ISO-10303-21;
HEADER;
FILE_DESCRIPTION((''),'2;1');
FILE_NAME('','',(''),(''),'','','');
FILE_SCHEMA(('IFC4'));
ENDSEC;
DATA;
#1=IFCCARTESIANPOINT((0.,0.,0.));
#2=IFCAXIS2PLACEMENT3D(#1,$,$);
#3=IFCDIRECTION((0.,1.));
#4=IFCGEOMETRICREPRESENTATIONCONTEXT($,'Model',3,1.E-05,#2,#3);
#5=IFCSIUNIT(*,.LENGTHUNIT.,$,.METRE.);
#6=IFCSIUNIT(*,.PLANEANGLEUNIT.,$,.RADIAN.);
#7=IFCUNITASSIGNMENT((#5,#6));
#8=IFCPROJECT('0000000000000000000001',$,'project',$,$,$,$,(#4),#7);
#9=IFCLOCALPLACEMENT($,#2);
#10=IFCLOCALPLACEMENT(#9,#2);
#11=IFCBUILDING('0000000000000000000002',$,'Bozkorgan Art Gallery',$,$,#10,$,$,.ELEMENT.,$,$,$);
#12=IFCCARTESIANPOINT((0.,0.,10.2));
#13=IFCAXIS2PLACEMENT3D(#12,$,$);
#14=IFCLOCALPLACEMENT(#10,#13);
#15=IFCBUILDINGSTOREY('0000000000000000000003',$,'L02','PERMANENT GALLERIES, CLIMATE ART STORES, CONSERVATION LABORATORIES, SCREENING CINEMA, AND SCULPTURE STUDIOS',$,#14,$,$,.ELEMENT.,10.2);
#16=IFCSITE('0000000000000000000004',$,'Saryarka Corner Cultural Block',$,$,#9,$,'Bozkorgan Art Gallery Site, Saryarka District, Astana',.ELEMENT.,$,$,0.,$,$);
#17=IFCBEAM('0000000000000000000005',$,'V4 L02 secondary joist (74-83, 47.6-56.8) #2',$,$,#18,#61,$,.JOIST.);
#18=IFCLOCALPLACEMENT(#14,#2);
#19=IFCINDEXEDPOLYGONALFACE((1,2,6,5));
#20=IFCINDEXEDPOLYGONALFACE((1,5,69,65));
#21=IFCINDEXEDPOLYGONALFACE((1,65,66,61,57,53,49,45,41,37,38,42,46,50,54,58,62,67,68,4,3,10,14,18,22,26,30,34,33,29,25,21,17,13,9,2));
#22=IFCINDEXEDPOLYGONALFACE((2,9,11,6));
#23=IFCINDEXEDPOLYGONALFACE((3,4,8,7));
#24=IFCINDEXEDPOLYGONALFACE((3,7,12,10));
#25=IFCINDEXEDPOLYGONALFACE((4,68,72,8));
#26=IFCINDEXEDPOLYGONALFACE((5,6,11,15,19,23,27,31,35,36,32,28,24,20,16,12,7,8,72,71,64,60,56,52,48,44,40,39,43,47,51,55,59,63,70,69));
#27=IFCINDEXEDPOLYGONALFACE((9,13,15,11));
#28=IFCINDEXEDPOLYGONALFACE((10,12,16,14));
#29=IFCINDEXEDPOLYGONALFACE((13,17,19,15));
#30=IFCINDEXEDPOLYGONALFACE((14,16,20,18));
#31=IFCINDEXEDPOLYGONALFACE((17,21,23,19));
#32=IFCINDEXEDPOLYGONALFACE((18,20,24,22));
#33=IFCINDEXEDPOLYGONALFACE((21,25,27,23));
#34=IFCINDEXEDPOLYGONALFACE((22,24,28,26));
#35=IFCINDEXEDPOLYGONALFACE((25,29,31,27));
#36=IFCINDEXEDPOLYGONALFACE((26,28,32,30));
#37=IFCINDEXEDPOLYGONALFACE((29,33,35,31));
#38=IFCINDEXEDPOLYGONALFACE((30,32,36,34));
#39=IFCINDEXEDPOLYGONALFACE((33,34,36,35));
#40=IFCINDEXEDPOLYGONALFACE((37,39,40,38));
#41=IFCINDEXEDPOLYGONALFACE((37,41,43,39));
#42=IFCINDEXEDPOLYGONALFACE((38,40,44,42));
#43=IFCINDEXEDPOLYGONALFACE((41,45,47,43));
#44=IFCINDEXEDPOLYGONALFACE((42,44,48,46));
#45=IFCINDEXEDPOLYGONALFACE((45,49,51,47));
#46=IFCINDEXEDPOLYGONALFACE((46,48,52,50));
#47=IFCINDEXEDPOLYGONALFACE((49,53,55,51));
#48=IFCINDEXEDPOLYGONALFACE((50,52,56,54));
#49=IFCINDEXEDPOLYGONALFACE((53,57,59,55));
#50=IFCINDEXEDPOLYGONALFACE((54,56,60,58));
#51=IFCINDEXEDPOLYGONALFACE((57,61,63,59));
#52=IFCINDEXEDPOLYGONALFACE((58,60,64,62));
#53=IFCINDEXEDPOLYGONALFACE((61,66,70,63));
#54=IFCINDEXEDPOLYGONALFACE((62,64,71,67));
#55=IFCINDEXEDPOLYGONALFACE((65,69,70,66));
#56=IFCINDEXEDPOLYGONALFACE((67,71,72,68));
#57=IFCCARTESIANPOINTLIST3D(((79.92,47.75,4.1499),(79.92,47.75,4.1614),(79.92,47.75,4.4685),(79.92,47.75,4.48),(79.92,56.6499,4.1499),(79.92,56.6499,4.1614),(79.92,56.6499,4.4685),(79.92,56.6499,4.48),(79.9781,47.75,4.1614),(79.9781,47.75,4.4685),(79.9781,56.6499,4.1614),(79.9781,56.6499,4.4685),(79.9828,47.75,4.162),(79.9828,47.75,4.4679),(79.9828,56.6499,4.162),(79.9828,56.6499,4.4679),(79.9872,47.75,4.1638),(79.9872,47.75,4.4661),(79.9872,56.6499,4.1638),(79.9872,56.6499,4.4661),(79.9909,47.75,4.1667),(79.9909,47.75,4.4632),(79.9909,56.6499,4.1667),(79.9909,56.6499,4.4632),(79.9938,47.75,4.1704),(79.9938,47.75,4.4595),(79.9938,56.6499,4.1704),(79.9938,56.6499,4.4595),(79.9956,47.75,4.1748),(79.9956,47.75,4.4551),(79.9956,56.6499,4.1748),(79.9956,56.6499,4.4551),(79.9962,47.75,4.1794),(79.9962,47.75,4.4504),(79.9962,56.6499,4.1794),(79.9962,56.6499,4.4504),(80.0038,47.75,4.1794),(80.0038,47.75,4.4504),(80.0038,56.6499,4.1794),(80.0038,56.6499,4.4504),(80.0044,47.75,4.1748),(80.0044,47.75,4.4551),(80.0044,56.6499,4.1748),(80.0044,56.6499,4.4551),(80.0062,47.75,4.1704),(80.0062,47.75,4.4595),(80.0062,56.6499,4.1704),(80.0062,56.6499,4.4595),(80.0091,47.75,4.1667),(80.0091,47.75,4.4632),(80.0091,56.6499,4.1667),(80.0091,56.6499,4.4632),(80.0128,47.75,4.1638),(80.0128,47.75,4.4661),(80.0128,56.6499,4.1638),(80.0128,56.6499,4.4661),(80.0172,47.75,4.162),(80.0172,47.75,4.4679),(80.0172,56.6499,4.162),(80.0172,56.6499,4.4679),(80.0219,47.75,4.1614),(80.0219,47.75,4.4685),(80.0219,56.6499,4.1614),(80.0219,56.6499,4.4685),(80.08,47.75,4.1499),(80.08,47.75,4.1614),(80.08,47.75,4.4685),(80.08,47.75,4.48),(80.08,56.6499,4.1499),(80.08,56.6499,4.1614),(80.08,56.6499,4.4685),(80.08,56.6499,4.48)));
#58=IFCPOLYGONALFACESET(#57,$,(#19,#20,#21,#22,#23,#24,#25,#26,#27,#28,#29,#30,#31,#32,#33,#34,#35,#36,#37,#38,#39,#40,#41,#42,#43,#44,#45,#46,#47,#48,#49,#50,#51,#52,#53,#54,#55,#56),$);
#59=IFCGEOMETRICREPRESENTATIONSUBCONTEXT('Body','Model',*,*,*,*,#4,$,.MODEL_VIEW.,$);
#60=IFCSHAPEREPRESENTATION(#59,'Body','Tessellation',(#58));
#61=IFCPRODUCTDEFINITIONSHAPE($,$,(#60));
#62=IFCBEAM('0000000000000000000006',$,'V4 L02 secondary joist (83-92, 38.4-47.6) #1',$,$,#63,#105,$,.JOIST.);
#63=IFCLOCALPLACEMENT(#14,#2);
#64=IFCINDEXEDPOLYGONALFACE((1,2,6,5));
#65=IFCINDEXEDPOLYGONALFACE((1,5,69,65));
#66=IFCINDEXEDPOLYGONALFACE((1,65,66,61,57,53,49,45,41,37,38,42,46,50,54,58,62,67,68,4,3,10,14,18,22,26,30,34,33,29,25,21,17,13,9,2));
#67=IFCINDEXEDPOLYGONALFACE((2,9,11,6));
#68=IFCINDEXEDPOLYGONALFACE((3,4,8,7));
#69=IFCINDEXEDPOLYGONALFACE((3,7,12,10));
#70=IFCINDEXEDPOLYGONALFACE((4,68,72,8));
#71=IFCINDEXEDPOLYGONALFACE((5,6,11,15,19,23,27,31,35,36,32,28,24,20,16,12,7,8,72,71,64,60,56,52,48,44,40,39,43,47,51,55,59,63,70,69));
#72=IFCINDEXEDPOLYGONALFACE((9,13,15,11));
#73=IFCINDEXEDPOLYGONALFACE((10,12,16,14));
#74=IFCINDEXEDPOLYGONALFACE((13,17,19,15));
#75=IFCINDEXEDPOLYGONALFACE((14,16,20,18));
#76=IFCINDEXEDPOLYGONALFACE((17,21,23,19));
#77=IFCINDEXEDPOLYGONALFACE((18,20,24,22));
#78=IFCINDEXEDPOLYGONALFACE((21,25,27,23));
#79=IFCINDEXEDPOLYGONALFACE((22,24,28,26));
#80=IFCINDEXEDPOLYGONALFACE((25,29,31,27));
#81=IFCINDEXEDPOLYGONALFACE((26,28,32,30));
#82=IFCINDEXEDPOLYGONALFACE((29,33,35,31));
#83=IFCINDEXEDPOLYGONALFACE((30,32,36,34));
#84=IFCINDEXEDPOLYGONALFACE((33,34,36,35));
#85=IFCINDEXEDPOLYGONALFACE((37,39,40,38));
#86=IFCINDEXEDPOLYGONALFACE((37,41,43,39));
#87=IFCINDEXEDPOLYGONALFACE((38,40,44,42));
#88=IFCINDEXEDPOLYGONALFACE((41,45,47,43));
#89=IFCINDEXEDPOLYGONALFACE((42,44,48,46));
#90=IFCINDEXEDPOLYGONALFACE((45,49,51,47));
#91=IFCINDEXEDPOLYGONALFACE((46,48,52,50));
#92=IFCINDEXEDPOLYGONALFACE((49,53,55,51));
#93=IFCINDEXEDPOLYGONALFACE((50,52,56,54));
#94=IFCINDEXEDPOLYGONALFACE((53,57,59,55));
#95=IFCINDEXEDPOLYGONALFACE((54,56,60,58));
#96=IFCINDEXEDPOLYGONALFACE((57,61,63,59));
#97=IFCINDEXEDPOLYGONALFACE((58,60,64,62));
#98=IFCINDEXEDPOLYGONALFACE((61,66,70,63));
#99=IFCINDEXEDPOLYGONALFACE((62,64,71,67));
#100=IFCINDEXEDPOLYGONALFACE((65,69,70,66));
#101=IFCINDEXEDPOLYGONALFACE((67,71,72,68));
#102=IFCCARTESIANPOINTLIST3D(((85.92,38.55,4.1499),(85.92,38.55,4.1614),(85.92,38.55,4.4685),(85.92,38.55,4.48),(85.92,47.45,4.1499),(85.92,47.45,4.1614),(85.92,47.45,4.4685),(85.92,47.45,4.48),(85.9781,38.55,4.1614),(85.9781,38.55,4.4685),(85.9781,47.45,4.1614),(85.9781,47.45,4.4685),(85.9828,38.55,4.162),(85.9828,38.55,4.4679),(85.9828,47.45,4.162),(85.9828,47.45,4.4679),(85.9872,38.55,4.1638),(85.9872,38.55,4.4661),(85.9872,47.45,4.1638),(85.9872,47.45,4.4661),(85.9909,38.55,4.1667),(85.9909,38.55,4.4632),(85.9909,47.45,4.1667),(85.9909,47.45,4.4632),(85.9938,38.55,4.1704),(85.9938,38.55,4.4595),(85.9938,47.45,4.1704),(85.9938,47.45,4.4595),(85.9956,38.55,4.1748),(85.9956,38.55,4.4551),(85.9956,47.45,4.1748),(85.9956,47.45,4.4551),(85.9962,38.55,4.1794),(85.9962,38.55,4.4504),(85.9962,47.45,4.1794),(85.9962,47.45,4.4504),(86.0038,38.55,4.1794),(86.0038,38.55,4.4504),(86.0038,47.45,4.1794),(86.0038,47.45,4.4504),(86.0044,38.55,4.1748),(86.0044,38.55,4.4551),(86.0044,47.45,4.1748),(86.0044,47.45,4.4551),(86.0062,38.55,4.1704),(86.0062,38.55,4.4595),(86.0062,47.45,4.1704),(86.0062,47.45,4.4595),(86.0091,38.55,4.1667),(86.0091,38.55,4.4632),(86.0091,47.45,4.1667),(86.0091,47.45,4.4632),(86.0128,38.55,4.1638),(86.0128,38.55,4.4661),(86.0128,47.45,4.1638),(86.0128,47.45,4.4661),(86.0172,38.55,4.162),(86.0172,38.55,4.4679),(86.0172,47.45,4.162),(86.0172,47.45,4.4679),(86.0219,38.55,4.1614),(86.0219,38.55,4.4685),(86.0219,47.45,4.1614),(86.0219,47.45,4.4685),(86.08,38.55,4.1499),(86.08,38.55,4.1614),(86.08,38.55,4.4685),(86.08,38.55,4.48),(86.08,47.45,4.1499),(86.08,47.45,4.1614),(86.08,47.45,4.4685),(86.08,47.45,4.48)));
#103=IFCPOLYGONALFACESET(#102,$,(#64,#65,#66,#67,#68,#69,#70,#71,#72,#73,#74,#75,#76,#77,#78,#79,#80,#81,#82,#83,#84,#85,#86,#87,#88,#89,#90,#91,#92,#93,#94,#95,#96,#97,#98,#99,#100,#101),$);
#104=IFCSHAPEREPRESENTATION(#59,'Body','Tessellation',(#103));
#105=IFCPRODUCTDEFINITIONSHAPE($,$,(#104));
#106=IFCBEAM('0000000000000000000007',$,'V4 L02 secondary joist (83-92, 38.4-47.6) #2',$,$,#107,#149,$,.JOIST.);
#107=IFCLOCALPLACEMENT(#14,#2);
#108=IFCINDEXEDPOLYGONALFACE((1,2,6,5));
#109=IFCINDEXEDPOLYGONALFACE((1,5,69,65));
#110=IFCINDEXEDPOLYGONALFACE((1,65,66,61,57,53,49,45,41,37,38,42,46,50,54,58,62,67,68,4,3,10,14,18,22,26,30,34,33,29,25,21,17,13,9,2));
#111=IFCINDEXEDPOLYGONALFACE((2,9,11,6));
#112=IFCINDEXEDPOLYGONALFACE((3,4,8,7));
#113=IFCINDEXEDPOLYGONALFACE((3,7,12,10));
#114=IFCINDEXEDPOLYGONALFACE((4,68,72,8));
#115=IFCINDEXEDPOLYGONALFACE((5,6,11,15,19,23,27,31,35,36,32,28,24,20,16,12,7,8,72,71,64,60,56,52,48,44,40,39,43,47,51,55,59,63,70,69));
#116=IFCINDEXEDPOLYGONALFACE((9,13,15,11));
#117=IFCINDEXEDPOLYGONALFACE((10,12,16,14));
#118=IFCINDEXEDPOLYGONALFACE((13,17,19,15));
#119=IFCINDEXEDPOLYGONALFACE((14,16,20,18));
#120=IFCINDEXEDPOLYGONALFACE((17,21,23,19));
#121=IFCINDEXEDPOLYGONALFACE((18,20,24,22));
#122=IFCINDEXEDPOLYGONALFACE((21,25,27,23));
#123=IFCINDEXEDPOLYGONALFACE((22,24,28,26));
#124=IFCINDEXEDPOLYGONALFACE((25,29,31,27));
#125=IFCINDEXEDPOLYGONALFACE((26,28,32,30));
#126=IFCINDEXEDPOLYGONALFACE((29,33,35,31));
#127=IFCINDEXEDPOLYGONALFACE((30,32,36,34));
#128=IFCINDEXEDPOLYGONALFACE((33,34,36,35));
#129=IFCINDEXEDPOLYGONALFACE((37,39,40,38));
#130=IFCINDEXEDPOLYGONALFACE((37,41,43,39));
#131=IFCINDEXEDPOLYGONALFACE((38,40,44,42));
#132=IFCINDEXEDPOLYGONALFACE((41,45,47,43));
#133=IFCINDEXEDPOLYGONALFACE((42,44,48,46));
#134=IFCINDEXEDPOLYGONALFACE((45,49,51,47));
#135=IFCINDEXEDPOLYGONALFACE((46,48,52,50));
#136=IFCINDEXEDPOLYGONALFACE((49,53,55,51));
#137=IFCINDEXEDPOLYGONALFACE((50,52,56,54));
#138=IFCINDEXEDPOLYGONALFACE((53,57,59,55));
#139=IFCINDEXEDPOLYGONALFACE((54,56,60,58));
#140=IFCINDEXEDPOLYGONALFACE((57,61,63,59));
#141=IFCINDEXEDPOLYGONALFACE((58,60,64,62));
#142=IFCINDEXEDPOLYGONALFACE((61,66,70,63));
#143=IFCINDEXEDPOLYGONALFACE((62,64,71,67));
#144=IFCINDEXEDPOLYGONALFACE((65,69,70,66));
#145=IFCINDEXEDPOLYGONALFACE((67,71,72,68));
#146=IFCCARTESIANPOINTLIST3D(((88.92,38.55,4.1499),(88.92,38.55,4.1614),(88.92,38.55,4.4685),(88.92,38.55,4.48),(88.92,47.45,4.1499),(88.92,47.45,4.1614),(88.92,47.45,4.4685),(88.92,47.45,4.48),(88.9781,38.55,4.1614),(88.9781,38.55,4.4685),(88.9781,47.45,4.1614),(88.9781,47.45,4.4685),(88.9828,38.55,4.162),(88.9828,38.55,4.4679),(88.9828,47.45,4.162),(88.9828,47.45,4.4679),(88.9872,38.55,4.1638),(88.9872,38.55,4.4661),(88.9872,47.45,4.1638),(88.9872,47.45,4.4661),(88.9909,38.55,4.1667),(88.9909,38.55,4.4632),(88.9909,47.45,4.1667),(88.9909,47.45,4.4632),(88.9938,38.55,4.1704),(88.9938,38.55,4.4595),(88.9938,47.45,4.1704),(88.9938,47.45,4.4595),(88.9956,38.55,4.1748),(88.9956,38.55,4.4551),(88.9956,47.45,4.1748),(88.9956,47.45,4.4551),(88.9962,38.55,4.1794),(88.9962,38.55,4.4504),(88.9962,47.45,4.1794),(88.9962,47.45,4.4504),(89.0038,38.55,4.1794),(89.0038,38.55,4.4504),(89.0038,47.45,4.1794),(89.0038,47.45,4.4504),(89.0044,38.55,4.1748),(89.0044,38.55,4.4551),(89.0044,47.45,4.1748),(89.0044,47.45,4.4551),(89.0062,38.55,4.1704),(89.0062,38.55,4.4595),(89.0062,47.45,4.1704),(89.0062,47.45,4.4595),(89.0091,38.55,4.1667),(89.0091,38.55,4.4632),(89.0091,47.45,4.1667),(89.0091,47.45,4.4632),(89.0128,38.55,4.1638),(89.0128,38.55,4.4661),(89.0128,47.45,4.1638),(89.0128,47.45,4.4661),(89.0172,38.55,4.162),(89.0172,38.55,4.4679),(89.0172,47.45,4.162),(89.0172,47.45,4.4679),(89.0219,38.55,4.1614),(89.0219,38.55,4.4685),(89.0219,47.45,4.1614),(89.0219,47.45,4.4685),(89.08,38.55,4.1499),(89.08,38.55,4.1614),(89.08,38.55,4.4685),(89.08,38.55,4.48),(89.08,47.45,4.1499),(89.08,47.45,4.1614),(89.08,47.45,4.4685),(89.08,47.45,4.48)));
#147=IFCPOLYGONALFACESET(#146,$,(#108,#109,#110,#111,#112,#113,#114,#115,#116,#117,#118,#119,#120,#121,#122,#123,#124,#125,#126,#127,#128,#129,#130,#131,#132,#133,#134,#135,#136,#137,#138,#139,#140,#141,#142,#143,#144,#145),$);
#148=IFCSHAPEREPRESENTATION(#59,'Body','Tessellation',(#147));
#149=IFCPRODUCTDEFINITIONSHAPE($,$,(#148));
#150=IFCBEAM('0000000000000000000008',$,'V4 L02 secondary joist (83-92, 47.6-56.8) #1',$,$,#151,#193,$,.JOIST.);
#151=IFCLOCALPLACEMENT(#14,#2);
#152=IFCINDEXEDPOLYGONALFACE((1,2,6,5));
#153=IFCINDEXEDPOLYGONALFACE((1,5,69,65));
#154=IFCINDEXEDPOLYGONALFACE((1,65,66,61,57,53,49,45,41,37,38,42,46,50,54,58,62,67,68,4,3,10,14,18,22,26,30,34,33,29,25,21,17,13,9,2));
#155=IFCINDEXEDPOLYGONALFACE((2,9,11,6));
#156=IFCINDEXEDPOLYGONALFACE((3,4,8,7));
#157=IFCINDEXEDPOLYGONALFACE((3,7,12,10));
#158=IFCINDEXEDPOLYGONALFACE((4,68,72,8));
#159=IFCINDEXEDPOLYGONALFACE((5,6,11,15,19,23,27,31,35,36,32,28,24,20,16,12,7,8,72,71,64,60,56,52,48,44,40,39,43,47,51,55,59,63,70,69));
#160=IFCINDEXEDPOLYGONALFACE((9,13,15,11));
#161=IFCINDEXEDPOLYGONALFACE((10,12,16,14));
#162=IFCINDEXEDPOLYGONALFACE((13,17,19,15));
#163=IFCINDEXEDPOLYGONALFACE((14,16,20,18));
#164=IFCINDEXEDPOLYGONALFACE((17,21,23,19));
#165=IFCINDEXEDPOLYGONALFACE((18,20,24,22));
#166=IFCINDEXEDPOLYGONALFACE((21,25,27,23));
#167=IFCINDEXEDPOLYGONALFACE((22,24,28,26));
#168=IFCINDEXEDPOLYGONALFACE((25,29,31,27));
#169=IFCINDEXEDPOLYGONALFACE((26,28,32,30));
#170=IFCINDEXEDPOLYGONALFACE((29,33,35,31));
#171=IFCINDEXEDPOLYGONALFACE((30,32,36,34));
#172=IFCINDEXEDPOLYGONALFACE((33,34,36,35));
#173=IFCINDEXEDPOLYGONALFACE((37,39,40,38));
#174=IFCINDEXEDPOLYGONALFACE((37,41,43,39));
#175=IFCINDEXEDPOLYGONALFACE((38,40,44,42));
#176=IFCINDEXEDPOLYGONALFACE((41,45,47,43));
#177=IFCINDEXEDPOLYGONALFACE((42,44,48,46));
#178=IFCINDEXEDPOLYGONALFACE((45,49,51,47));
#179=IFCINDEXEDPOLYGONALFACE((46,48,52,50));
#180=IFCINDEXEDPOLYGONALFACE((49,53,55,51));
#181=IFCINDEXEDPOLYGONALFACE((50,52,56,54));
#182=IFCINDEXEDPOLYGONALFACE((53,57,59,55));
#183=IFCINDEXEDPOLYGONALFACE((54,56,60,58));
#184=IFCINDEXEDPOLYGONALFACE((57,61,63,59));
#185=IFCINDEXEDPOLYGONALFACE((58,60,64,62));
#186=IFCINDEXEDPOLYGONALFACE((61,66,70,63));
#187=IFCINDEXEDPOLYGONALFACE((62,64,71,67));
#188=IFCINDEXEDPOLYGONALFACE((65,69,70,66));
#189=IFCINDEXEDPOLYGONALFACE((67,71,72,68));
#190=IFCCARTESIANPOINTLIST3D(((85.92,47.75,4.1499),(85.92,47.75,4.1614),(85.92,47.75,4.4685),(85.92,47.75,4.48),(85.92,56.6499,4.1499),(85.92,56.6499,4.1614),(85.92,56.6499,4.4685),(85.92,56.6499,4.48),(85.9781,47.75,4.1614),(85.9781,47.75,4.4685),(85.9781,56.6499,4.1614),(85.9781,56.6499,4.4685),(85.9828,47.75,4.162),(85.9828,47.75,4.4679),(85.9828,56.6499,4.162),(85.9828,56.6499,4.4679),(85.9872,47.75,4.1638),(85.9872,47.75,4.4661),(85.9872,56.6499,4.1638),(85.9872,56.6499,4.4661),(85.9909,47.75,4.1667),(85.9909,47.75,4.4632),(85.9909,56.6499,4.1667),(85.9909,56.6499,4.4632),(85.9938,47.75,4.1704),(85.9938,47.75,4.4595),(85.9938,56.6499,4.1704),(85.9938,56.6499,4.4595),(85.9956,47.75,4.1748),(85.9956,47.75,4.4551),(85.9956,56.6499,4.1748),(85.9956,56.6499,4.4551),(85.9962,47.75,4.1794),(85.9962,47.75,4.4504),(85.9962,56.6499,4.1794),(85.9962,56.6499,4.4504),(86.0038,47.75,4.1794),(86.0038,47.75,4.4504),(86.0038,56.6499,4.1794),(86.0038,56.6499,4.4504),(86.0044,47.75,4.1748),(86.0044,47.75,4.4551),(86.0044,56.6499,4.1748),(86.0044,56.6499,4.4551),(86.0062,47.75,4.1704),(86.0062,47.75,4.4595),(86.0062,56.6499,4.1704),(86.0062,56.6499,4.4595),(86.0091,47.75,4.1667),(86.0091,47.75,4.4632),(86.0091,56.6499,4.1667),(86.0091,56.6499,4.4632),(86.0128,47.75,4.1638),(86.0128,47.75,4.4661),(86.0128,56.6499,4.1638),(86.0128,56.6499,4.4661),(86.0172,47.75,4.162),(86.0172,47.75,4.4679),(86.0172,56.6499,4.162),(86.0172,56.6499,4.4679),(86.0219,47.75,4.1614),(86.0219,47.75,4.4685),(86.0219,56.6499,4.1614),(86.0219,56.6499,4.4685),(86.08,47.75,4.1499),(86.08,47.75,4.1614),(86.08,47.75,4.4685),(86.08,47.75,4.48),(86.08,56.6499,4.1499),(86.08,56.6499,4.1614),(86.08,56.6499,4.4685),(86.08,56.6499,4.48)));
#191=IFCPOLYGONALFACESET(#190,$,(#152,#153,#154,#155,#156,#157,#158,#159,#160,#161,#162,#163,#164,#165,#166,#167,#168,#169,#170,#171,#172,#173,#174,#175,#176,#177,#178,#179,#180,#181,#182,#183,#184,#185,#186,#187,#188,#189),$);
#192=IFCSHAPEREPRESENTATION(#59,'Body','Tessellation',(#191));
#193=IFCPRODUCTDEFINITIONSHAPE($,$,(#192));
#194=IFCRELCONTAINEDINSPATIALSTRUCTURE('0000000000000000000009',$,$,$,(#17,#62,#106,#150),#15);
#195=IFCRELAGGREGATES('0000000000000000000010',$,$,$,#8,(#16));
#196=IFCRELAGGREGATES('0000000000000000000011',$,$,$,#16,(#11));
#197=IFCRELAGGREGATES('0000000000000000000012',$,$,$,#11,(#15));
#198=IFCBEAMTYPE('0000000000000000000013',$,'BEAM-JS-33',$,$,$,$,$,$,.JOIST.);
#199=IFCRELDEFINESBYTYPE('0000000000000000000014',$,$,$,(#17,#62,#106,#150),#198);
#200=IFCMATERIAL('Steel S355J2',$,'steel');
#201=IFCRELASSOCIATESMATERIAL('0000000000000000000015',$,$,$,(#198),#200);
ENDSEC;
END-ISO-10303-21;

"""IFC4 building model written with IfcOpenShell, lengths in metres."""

from ifc_helpers import new_model, si_unit, direction, frame, origin, origin_2d, place, context, subcontext, project, spatial, i_section, extrude, material, material_profile, profile_set, type_object, element, save


model = new_model("IFC4")

# Units and contexts
model_context = context("Model", 3, precision=1e-05, world=origin(), true_north=direction((0.0, 1.0)))
body_context = subcontext(model_context, "Body", "Model", "MODEL_VIEW")
ifc_project = project(units=[si_unit("LENGTHUNIT", "METRE"), si_unit("PLANEANGLEUNIT", "RADIAN")], contexts=[model_context])

# Site, building, storey
site_placement = place(None, origin())
site = spatial("IfcSite", under=ifc_project, at=site_placement, Name="Saryarka Corner Cultural Block", LongName="Bozkorgan Art Gallery Site, Saryarka District, Astana", CompositionType="ELEMENT", RefElevation=0.0)
building_placement = place(site_placement, origin())
building = spatial("IfcBuilding", under=site, at=building_placement, Name="Bozkorgan Art Gallery", CompositionType="ELEMENT")
storey_placement = place(building_placement, frame((0.0, 0.0, 10.2)))
storey = spatial("IfcBuildingStorey", under=building, at=storey_placement, Name="L02", Description="PERMANENT GALLERIES, CLIMATE ART STORES, CONSERVATION LABORATORIES, SCREENING CINEMA, AND SCULPTURE STUDIOS", CompositionType="ELEMENT", Elevation=10.2)

# Beams
ifc_material_1 = material(Name="Steel S355J2", Category="steel")
ifc_material_profile_1 = material_profile(ifc_material_1, i_section(OverallWidth=0.1599, OverallDepth=0.3301, WebThickness=0.0076, FlangeThickness=0.0115, FilletRadius=0.0181, at=origin_2d()), Name="IPE 330")
ifc_profile_set_1 = profile_set([ifc_material_profile_1], Name="Steel S355J2")
beam_type_1 = type_object("IfcBeamType", Name="BEAM-JS-33", PredefinedType="JOIST", material=ifc_profile_set_1)
for number, where, z_axis, x_axis, name in (
    (1, (80.0, 47.75, 4.3149), (0.0, 1.0, 0.0), (-1.0, 0.0, 0.0), "V4 L02 secondary joist (74-83, 47.6-56.8) #2"),
    (2, (86.0, 38.55, 4.3149), (0.0, 1.0, 0.0), (-1.0, 0.0, 0.0), "V4 L02 secondary joist (83-92, 38.4-47.6) #1"),
    (3, (89.0, 38.55, 4.3149), (0.0, 1.0, 0.0), (-1.0, 0.0, 0.0), "V4 L02 secondary joist (83-92, 38.4-47.6) #2"),
    (4, (86.0, 47.75, 4.3149), (0.0, 1.0, 0.0), (-1.0, 0.0, 0.0), "V4 L02 secondary joist (83-92, 47.6-56.8) #1"),
):
    element("IfcBeam", number, at=place(storey_placement, frame(where, z_axis=z_axis, x_axis=x_axis)), inside=storey, type_object=beam_type_1, Name=name, PredefinedType="JOIST", context=body_context, shape_type="SweptSolid", body=[
        extrude(i_section(OverallWidth=0.1599, OverallDepth=0.3301, WebThickness=0.0076, FlangeThickness=0.0115, FilletRadius=0.0181, at=origin_2d()), origin(), (0.0, 0.0, 1.0), 8.8999),
    ])

save(model, "model.ifc")
